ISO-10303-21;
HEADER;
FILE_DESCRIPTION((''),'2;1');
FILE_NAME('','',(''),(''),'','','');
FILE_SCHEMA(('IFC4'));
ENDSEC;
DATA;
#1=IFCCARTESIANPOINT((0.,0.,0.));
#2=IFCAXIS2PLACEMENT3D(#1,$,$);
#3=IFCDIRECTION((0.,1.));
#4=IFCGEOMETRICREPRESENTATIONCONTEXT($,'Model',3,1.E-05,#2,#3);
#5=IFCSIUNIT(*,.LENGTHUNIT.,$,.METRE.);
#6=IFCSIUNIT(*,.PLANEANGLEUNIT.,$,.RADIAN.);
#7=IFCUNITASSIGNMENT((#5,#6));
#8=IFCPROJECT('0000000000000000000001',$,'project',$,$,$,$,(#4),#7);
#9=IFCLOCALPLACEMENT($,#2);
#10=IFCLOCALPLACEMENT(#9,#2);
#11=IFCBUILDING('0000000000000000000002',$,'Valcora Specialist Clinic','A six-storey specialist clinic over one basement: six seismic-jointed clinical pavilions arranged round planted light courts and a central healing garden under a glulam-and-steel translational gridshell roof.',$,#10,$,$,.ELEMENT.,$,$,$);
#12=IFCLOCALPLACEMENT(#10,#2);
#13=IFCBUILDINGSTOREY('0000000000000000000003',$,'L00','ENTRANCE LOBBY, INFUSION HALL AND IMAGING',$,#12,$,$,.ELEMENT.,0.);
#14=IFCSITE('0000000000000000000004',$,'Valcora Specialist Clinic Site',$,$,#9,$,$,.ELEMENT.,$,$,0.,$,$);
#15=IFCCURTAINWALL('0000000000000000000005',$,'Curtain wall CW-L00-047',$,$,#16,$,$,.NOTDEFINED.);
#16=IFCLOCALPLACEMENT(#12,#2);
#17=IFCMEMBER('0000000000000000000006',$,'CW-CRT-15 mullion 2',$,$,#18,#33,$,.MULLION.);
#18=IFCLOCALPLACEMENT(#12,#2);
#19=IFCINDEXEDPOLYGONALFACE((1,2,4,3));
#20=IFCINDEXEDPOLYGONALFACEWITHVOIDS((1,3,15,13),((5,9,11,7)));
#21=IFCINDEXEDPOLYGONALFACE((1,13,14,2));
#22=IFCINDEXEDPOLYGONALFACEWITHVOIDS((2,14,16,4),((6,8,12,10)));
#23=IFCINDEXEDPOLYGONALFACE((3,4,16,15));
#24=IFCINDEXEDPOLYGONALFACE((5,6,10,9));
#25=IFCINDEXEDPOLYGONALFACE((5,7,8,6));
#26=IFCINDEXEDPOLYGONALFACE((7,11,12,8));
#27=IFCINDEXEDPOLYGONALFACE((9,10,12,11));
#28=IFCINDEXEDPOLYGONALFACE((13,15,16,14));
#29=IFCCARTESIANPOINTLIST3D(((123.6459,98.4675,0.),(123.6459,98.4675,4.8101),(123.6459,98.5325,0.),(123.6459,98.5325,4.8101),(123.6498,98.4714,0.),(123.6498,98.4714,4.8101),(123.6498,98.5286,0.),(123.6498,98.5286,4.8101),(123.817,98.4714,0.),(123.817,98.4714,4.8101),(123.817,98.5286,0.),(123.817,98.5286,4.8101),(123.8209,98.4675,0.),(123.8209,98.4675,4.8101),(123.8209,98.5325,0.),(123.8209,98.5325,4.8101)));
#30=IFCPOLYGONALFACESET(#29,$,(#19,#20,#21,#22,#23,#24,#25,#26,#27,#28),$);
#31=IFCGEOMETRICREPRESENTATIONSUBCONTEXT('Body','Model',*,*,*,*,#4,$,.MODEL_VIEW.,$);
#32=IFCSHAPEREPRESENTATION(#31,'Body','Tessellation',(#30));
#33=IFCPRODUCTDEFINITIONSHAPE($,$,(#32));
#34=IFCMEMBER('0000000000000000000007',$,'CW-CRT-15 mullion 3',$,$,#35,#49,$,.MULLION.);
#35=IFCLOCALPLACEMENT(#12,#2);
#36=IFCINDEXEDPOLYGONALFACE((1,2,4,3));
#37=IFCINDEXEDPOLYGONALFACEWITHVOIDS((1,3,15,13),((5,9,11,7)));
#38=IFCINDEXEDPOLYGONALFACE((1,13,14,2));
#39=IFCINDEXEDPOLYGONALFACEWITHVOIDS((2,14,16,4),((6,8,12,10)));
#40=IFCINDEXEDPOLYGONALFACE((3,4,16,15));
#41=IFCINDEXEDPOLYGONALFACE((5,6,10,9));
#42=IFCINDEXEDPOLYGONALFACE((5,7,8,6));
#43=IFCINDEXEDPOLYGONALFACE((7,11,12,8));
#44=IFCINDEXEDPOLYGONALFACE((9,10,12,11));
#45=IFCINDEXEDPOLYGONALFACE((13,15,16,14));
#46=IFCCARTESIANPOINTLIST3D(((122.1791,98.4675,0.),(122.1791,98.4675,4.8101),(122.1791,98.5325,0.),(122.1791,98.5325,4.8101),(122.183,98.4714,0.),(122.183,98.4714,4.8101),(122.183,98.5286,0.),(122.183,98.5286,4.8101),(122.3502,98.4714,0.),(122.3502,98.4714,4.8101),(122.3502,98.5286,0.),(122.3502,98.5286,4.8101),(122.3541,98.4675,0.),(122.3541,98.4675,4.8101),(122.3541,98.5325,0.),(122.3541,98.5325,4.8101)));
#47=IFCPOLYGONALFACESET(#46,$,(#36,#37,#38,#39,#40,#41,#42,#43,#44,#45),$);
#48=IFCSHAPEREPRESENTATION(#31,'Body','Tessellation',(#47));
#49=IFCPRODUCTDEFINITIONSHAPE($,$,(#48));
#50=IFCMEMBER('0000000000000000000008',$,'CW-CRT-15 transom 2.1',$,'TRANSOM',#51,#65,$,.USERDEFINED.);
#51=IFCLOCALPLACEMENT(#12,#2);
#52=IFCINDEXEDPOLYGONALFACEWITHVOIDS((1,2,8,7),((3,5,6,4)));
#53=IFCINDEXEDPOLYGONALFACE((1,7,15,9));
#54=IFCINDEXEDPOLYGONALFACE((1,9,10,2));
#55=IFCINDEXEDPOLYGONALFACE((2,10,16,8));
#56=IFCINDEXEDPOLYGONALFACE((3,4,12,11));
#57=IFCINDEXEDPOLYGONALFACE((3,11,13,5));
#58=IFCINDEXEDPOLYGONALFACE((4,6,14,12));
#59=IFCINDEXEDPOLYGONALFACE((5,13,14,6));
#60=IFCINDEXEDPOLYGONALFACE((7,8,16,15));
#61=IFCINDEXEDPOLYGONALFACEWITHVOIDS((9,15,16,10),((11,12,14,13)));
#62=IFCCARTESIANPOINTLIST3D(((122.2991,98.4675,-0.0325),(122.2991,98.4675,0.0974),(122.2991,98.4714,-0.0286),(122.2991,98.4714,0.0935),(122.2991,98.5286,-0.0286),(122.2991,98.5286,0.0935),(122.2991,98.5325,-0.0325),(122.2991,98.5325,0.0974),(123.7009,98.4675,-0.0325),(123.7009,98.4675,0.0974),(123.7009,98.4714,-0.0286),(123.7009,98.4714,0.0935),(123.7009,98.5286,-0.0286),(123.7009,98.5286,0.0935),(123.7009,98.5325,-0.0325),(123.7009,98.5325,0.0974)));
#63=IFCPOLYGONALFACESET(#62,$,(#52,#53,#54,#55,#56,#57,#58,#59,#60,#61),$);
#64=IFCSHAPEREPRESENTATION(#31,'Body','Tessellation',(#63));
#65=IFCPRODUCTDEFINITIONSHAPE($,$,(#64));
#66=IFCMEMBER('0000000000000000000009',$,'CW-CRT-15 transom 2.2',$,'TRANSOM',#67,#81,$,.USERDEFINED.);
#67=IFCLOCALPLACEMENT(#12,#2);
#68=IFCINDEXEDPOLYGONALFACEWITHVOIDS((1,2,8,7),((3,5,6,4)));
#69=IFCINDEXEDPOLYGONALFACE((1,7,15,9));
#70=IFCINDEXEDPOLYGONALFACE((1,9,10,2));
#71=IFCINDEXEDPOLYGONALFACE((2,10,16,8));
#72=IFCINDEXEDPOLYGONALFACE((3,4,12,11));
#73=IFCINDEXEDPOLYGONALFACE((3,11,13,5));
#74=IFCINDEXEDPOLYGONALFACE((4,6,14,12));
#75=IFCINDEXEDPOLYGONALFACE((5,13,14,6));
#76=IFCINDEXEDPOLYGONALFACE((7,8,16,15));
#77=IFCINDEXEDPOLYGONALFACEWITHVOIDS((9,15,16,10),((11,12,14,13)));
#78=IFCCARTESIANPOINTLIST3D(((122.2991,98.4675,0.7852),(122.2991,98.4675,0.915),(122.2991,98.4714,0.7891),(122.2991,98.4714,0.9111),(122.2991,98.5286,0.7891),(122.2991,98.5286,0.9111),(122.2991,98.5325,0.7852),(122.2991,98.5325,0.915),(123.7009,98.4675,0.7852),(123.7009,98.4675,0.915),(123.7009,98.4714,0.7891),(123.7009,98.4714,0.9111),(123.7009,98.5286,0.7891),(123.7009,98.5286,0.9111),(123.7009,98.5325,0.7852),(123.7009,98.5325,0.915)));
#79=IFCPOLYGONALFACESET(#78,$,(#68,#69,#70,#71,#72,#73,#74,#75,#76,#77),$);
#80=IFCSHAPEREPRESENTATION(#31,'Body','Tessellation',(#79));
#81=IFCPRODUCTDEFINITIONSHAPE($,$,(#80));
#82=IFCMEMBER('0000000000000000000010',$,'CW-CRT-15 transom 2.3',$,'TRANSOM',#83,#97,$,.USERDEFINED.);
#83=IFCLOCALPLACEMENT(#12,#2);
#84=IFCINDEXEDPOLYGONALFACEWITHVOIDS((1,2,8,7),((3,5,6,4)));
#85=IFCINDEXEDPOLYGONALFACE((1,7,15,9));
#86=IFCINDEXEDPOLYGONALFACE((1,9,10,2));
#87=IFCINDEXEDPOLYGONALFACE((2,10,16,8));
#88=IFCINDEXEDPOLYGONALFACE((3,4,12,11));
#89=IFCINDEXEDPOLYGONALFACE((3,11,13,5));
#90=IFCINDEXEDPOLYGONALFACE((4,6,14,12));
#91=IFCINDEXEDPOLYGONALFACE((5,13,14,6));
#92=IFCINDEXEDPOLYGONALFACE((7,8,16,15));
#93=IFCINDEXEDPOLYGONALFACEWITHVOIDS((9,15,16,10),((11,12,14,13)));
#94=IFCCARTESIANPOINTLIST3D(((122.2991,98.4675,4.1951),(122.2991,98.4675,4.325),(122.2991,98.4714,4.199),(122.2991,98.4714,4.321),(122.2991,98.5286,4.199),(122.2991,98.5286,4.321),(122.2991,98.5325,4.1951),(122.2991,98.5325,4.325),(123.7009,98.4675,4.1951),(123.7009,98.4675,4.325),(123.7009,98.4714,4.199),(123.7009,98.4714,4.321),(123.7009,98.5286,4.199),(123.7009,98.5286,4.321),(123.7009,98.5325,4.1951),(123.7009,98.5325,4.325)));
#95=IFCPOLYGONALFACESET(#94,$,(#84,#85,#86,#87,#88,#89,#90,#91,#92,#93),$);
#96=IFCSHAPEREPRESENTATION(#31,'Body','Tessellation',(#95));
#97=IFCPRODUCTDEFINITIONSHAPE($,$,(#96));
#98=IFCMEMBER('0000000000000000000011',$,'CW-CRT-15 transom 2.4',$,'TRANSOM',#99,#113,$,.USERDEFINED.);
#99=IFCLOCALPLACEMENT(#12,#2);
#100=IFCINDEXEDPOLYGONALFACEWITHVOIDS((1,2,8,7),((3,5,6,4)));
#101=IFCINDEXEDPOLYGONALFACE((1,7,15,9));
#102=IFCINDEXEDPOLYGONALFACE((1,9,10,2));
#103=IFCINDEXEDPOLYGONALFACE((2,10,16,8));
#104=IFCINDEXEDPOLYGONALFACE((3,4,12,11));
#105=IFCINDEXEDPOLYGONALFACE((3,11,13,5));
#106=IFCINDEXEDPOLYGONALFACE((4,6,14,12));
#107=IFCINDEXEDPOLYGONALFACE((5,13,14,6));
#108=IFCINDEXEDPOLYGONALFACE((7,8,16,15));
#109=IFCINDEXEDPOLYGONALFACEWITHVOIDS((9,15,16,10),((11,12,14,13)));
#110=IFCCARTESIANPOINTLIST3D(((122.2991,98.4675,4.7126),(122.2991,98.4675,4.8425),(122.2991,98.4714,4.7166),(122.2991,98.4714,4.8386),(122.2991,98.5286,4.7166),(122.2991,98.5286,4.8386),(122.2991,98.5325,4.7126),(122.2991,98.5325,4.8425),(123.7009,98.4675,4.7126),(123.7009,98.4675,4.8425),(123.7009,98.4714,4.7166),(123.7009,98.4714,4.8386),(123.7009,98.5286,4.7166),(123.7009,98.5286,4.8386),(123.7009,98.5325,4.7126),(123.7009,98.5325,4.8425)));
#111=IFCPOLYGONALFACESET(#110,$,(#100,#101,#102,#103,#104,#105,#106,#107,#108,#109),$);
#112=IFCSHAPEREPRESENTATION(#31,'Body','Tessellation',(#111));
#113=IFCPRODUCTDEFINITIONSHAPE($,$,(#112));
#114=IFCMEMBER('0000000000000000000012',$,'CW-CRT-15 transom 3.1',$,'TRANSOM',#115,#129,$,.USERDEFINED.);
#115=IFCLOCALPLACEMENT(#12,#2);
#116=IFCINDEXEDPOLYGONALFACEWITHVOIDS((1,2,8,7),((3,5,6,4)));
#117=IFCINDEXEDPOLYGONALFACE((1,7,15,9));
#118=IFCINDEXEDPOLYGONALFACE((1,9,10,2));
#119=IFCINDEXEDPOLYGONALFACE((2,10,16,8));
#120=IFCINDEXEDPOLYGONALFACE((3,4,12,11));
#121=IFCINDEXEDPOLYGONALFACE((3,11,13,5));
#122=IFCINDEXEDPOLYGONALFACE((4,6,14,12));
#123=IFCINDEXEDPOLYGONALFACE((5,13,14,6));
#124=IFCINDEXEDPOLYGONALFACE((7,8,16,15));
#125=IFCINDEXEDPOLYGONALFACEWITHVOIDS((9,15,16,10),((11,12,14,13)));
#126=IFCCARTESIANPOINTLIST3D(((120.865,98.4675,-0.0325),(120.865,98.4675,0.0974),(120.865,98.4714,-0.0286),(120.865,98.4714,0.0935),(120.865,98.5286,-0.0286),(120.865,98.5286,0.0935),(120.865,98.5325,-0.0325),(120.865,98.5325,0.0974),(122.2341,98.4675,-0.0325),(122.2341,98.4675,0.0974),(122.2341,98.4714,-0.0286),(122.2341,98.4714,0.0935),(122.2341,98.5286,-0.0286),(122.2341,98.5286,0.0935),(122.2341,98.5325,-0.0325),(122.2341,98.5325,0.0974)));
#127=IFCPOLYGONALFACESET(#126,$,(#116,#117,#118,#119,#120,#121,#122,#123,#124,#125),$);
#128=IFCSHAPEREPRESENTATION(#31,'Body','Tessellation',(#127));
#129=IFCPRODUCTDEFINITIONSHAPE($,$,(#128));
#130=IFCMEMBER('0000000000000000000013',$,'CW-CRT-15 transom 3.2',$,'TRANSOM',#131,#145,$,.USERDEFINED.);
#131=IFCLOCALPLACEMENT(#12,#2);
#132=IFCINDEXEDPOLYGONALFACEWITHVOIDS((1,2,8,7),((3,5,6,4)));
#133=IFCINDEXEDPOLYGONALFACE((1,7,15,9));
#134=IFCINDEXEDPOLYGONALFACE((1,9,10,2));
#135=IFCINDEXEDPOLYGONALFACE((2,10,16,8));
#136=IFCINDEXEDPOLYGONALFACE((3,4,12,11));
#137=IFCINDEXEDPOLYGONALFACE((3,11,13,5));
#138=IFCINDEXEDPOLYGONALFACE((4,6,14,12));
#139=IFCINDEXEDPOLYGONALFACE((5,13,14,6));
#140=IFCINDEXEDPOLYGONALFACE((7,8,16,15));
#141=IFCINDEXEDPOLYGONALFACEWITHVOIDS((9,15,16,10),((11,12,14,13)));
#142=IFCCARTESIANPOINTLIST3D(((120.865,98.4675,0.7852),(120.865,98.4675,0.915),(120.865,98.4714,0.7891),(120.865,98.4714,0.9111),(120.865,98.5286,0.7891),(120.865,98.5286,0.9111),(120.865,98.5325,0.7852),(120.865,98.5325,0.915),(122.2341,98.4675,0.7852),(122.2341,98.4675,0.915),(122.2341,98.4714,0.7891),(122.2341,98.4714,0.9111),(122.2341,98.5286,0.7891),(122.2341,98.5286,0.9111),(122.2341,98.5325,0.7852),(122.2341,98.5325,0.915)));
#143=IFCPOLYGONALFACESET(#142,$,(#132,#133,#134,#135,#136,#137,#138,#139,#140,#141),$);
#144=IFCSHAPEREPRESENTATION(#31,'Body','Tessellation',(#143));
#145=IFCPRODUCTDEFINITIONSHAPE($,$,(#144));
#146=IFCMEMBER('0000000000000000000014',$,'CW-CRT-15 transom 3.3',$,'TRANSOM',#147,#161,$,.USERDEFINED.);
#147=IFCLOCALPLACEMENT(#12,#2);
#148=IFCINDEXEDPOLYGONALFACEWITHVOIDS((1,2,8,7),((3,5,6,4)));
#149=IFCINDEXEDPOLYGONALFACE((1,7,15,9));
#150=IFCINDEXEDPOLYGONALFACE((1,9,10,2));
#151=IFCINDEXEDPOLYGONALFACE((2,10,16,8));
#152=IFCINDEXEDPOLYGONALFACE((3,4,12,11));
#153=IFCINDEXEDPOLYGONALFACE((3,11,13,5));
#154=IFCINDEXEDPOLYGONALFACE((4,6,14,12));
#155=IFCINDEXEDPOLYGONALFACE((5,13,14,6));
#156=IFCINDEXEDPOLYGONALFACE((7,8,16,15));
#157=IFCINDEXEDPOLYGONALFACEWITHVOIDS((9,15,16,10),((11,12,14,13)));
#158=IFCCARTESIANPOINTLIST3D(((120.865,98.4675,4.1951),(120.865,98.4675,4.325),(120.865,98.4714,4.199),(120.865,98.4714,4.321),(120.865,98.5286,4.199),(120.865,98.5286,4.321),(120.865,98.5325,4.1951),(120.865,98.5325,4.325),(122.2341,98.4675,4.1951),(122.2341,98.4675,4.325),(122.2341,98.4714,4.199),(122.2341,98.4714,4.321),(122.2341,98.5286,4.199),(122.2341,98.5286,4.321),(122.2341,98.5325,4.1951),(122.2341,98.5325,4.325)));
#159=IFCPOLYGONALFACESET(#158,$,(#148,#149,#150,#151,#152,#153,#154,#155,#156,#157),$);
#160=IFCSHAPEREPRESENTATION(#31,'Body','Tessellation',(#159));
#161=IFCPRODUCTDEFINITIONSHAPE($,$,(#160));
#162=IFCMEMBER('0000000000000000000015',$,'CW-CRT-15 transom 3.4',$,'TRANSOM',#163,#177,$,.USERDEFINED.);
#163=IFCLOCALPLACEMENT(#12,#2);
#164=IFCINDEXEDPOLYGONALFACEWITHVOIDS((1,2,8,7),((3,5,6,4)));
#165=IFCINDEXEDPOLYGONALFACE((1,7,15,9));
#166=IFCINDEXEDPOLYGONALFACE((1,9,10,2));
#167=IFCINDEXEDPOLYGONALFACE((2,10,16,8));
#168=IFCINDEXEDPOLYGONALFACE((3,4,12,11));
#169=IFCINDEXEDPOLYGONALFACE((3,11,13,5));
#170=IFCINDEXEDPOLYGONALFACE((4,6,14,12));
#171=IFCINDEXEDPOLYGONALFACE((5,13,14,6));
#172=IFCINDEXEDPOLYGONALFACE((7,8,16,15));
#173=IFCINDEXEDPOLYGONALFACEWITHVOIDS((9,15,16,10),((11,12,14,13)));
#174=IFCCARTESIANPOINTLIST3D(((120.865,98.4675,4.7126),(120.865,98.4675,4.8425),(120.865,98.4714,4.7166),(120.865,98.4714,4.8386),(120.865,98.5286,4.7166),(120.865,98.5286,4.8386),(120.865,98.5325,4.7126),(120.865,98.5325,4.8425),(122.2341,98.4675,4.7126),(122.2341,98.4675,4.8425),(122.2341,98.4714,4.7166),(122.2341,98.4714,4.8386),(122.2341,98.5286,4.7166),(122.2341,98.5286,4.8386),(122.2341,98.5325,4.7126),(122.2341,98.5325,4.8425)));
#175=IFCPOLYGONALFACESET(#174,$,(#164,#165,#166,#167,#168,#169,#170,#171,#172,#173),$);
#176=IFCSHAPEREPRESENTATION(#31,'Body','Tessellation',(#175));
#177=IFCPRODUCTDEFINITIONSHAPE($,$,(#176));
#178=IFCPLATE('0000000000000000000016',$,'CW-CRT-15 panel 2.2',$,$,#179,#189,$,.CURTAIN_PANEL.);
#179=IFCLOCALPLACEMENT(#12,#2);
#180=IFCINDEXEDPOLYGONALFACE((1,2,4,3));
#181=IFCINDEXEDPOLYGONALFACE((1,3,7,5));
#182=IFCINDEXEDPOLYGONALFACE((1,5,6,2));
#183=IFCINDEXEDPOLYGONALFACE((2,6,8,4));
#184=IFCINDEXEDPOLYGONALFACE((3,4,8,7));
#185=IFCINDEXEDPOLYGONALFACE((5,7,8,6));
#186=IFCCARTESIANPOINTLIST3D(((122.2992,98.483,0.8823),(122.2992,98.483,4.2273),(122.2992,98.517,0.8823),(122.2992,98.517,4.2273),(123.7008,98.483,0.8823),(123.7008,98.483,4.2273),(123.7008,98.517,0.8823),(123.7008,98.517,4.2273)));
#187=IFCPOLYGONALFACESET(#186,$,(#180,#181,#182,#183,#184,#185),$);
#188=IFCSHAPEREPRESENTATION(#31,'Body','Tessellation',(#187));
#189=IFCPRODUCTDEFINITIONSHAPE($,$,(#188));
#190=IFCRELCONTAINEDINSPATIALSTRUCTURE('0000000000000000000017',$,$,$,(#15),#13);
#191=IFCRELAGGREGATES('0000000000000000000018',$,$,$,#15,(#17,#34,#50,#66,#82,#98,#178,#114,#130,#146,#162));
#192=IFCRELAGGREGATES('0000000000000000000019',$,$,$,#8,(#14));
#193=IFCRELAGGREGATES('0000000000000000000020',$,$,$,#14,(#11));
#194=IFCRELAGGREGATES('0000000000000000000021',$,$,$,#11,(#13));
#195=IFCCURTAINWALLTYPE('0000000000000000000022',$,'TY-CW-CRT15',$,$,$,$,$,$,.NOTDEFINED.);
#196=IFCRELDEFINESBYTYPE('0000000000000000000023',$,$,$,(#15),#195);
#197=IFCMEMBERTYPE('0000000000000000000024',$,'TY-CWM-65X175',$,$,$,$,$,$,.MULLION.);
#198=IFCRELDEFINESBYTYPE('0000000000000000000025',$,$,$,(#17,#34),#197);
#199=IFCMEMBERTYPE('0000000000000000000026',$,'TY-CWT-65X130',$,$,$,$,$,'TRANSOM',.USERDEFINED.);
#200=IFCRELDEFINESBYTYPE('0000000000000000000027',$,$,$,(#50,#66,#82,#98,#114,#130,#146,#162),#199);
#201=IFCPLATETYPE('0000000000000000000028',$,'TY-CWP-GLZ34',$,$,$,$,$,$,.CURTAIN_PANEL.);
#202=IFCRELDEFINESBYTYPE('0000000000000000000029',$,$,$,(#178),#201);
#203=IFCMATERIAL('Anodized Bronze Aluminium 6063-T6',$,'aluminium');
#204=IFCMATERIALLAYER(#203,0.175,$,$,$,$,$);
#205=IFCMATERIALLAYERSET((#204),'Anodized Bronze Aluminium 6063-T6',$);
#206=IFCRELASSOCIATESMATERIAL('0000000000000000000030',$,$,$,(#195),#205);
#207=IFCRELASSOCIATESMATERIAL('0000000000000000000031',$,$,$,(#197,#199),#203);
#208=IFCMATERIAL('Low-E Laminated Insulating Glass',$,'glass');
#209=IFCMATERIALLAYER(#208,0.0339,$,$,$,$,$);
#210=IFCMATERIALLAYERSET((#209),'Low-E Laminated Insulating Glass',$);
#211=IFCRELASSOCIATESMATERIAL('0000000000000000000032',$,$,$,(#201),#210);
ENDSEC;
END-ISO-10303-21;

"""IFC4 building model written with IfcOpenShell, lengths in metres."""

from ifc_helpers import new_model, si_unit, direction, frame, origin, origin_2d, place, context, subcontext, project, spatial, rectangle, hollow_rectangle, extrude, material, layer, layer_set, material_profile, profile_set, type_object, element, aggregate, save


model = new_model("IFC4")

# Units and contexts
model_context = context("Model", 3, precision=1e-05, world=origin(), true_north=direction((0.0, 1.0)))
body_context = subcontext(model_context, "Body", "Model", "MODEL_VIEW")
ifc_project = project(units=[si_unit("LENGTHUNIT", "METRE"), si_unit("PLANEANGLEUNIT", "RADIAN")], contexts=[model_context])

# Site, building, storey
site_placement = place(None, origin())
site = spatial("IfcSite", under=ifc_project, at=site_placement, Name="Valcora Specialist Clinic Site", CompositionType="ELEMENT", RefElevation=0.0)
building_placement = place(site_placement, origin())
building = spatial("IfcBuilding", under=site, at=building_placement, Name="Valcora Specialist Clinic", Description="A six-storey specialist clinic over one basement: six seismic-jointed clinical pavilions arranged round planted light courts and a central healing garden under a glulam-and-steel translational gridshell roof.", CompositionType="ELEMENT")
storey_placement = place(building_placement, origin())
storey = spatial("IfcBuildingStorey", under=building, at=storey_placement, Name="L00", Description="ENTRANCE LOBBY, INFUSION HALL AND IMAGING", CompositionType="ELEMENT", Elevation=0.0)

# Curtain wall, members, plate
ifc_material_1 = material(Name="Anodized Bronze Aluminium 6063-T6", Category="aluminium")
ifc_layer_1 = layer(ifc_material_1, 0.175)
ifc_layer_set_1 = layer_set([ifc_layer_1], Name="Anodized Bronze Aluminium 6063-T6")
curtain_wall_type = type_object("IfcCurtainWallType", Name="TY-CW-CRT15", PredefinedType="NOTDEFINED", material=ifc_layer_set_1)
curtain_wall_placement = place(storey_placement, origin())
curtain_wall = element("IfcCurtainWall", 1, at=curtain_wall_placement, inside=storey, type_object=curtain_wall_type, Name="Curtain wall CW-L00-047", PredefinedType="NOTDEFINED")
ifc_material_profile_1 = material_profile(ifc_material_1, hollow_rectangle(XDim=0.0649, YDim=0.175, WallThickness=0.0039, at=origin_2d()), Name="AL-MUL-65X175")
ifc_profile_set_1 = profile_set([ifc_material_profile_1], Name="Anodized Bronze Aluminium 6063-T6")
member_type_1 = type_object("IfcMemberType", Name="TY-CWM-65X175", PredefinedType="MULLION", material=ifc_profile_set_1)
member_1_placement = place(storey_placement, frame((123.7334, 98.5, 0.0), z_axis=(0.0, 0.0, 1.0), x_axis=(0.0, -1.0, 0.0)))
member_1 = element("IfcMember", 2, at=member_1_placement, type_object=member_type_1, Name="CW-CRT-15 mullion 2", PredefinedType="MULLION", context=body_context, shape_type="SweptSolid", body=[
    extrude(hollow_rectangle(XDim=0.0649, YDim=0.175, WallThickness=0.0039, at=origin_2d()), origin(), (0.0, 0.0, 1.0), 4.8101),
])
member_2_placement = place(storey_placement, frame((122.2666, 98.5, 0.0), z_axis=(0.0, 0.0, 1.0), x_axis=(0.0, -1.0, 0.0)))
member_2 = element("IfcMember", 3, at=member_2_placement, type_object=member_type_1, Name="CW-CRT-15 mullion 3", PredefinedType="MULLION", context=body_context, shape_type="SweptSolid", body=[
    extrude(hollow_rectangle(XDim=0.0649, YDim=0.175, WallThickness=0.0039, at=origin_2d()), origin(), (0.0, 0.0, 1.0), 4.8101),
])
ifc_material_profile_2 = material_profile(ifc_material_1, hollow_rectangle(XDim=0.0649, YDim=0.1299, WallThickness=0.0039, at=origin_2d()), Name="AL-TRN-65X130")
ifc_profile_set_2 = profile_set([ifc_material_profile_2], Name="Anodized Bronze Aluminium 6063-T6")
member_type_2 = type_object("IfcMemberType", Name="TY-CWT-65X130", ElementType="TRANSOM", PredefinedType="USERDEFINED", material=ifc_profile_set_2)
member_3_placement = place(storey_placement, frame((123.7009, 98.5, 0.0325), z_axis=(-1.0, 0.0, 0.0), x_axis=(0.0, -1.0, 0.0)))
member_3 = element("IfcMember", 4, at=member_3_placement, type_object=member_type_2, Name="CW-CRT-15 transom 2.1", ObjectType="TRANSOM", PredefinedType="USERDEFINED", context=body_context, shape_type="SweptSolid", body=[
    extrude(hollow_rectangle(XDim=0.0649, YDim=0.1299, WallThickness=0.0039, at=origin_2d()), origin(), (0.0, 0.0, 1.0), 1.4019),
])
member_4_placement = place(storey_placement, frame((123.7009, 98.5, 0.8501), z_axis=(-1.0, 0.0, 0.0), x_axis=(0.0, -1.0, 0.0)))
member_4 = element("IfcMember", 5, at=member_4_placement, type_object=member_type_2, Name="CW-CRT-15 transom 2.2", ObjectType="TRANSOM", PredefinedType="USERDEFINED", context=body_context, shape_type="SweptSolid", body=[
    extrude(hollow_rectangle(XDim=0.0649, YDim=0.1299, WallThickness=0.0039, at=origin_2d()), origin(), (0.0, 0.0, 1.0), 1.4019),
])
member_5_placement = place(storey_placement, frame((123.7009, 98.5, 4.26), z_axis=(-1.0, 0.0, 0.0), x_axis=(0.0, -1.0, 0.0)))
member_5 = element("IfcMember", 6, at=member_5_placement, type_object=member_type_2, Name="CW-CRT-15 transom 2.3", ObjectType="TRANSOM", PredefinedType="USERDEFINED", context=body_context, shape_type="SweptSolid", body=[
    extrude(hollow_rectangle(XDim=0.0649, YDim=0.1299, WallThickness=0.0039, at=origin_2d()), origin(), (0.0, 0.0, 1.0), 1.4019),
])
member_6_placement = place(storey_placement, frame((123.7009, 98.5, 4.7776), z_axis=(-1.0, 0.0, 0.0), x_axis=(0.0, -1.0, 0.0)))
member_6 = element("IfcMember", 7, at=member_6_placement, type_object=member_type_2, Name="CW-CRT-15 transom 2.4", ObjectType="TRANSOM", PredefinedType="USERDEFINED", context=body_context, shape_type="SweptSolid", body=[
    extrude(hollow_rectangle(XDim=0.0649, YDim=0.1299, WallThickness=0.0039, at=origin_2d()), origin(), (0.0, 0.0, 1.0), 1.4019),
])
member_7_placement = place(storey_placement, frame((122.2341, 98.5, 0.0325), z_axis=(-1.0, 0.0, 0.0), x_axis=(0.0, -1.0, 0.0)))
member_7 = element("IfcMember", 8, at=member_7_placement, type_object=member_type_2, Name="CW-CRT-15 transom 3.1", ObjectType="TRANSOM", PredefinedType="USERDEFINED", context=body_context, shape_type="SweptSolid", body=[
    extrude(hollow_rectangle(XDim=0.0649, YDim=0.1299, WallThickness=0.0039, at=origin_2d()), origin(), (0.0, 0.0, 1.0), 1.3691),
])
member_8_placement = place(storey_placement, frame((122.2341, 98.5, 0.8501), z_axis=(-1.0, 0.0, 0.0), x_axis=(0.0, -1.0, 0.0)))
member_8 = element("IfcMember", 9, at=member_8_placement, type_object=member_type_2, Name="CW-CRT-15 transom 3.2", ObjectType="TRANSOM", PredefinedType="USERDEFINED", context=body_context, shape_type="SweptSolid", body=[
    extrude(hollow_rectangle(XDim=0.0649, YDim=0.1299, WallThickness=0.0039, at=origin_2d()), origin(), (0.0, 0.0, 1.0), 1.3691),
])
member_9_placement = place(storey_placement, frame((122.2341, 98.5, 4.26), z_axis=(-1.0, 0.0, 0.0), x_axis=(0.0, -1.0, 0.0)))
member_9 = element("IfcMember", 10, at=member_9_placement, type_object=member_type_2, Name="CW-CRT-15 transom 3.3", ObjectType="TRANSOM", PredefinedType="USERDEFINED", context=body_context, shape_type="SweptSolid", body=[
    extrude(hollow_rectangle(XDim=0.0649, YDim=0.1299, WallThickness=0.0039, at=origin_2d()), origin(), (0.0, 0.0, 1.0), 1.3691),
])
member_10_placement = place(storey_placement, frame((122.2341, 98.5, 4.7776), z_axis=(-1.0, 0.0, 0.0), x_axis=(0.0, -1.0, 0.0)))
member_10 = element("IfcMember", 11, at=member_10_placement, type_object=member_type_2, Name="CW-CRT-15 transom 3.4", ObjectType="TRANSOM", PredefinedType="USERDEFINED", context=body_context, shape_type="SweptSolid", body=[
    extrude(hollow_rectangle(XDim=0.0649, YDim=0.1299, WallThickness=0.0039, at=origin_2d()), origin(), (0.0, 0.0, 1.0), 1.3691),
])
ifc_material_2 = material(Name="Low-E Laminated Insulating Glass", Category="glass")
ifc_layer_2 = layer(ifc_material_2, 0.0339)
ifc_layer_set_2 = layer_set([ifc_layer_2], Name="Low-E Laminated Insulating Glass")
plate_type_1 = type_object("IfcPlateType", Name="TY-CWP-GLZ34", PredefinedType="CURTAIN_PANEL", material=ifc_layer_set_2)
plate_1_placement = place(storey_placement, frame((123.0, 98.5, 0.8823), z_axis=(0.0, 0.0, 1.0), x_axis=(-1.0, 0.0, 0.0)))
plate_1 = element("IfcPlate", 12, at=plate_1_placement, type_object=plate_type_1, Name="CW-CRT-15 panel 2.2", PredefinedType="CURTAIN_PANEL", context=body_context, shape_type="SweptSolid", body=[
    extrude(rectangle(XDim=1.4016, YDim=0.0339, at=origin_2d()), origin(), (0.0, 0.0, 1.0), 3.345),
])
aggregate(curtain_wall, [member_1, member_2, member_3, member_4, member_5, member_6, plate_1, member_7, member_8, member_9, member_10])

save(model, "model.ifc")
